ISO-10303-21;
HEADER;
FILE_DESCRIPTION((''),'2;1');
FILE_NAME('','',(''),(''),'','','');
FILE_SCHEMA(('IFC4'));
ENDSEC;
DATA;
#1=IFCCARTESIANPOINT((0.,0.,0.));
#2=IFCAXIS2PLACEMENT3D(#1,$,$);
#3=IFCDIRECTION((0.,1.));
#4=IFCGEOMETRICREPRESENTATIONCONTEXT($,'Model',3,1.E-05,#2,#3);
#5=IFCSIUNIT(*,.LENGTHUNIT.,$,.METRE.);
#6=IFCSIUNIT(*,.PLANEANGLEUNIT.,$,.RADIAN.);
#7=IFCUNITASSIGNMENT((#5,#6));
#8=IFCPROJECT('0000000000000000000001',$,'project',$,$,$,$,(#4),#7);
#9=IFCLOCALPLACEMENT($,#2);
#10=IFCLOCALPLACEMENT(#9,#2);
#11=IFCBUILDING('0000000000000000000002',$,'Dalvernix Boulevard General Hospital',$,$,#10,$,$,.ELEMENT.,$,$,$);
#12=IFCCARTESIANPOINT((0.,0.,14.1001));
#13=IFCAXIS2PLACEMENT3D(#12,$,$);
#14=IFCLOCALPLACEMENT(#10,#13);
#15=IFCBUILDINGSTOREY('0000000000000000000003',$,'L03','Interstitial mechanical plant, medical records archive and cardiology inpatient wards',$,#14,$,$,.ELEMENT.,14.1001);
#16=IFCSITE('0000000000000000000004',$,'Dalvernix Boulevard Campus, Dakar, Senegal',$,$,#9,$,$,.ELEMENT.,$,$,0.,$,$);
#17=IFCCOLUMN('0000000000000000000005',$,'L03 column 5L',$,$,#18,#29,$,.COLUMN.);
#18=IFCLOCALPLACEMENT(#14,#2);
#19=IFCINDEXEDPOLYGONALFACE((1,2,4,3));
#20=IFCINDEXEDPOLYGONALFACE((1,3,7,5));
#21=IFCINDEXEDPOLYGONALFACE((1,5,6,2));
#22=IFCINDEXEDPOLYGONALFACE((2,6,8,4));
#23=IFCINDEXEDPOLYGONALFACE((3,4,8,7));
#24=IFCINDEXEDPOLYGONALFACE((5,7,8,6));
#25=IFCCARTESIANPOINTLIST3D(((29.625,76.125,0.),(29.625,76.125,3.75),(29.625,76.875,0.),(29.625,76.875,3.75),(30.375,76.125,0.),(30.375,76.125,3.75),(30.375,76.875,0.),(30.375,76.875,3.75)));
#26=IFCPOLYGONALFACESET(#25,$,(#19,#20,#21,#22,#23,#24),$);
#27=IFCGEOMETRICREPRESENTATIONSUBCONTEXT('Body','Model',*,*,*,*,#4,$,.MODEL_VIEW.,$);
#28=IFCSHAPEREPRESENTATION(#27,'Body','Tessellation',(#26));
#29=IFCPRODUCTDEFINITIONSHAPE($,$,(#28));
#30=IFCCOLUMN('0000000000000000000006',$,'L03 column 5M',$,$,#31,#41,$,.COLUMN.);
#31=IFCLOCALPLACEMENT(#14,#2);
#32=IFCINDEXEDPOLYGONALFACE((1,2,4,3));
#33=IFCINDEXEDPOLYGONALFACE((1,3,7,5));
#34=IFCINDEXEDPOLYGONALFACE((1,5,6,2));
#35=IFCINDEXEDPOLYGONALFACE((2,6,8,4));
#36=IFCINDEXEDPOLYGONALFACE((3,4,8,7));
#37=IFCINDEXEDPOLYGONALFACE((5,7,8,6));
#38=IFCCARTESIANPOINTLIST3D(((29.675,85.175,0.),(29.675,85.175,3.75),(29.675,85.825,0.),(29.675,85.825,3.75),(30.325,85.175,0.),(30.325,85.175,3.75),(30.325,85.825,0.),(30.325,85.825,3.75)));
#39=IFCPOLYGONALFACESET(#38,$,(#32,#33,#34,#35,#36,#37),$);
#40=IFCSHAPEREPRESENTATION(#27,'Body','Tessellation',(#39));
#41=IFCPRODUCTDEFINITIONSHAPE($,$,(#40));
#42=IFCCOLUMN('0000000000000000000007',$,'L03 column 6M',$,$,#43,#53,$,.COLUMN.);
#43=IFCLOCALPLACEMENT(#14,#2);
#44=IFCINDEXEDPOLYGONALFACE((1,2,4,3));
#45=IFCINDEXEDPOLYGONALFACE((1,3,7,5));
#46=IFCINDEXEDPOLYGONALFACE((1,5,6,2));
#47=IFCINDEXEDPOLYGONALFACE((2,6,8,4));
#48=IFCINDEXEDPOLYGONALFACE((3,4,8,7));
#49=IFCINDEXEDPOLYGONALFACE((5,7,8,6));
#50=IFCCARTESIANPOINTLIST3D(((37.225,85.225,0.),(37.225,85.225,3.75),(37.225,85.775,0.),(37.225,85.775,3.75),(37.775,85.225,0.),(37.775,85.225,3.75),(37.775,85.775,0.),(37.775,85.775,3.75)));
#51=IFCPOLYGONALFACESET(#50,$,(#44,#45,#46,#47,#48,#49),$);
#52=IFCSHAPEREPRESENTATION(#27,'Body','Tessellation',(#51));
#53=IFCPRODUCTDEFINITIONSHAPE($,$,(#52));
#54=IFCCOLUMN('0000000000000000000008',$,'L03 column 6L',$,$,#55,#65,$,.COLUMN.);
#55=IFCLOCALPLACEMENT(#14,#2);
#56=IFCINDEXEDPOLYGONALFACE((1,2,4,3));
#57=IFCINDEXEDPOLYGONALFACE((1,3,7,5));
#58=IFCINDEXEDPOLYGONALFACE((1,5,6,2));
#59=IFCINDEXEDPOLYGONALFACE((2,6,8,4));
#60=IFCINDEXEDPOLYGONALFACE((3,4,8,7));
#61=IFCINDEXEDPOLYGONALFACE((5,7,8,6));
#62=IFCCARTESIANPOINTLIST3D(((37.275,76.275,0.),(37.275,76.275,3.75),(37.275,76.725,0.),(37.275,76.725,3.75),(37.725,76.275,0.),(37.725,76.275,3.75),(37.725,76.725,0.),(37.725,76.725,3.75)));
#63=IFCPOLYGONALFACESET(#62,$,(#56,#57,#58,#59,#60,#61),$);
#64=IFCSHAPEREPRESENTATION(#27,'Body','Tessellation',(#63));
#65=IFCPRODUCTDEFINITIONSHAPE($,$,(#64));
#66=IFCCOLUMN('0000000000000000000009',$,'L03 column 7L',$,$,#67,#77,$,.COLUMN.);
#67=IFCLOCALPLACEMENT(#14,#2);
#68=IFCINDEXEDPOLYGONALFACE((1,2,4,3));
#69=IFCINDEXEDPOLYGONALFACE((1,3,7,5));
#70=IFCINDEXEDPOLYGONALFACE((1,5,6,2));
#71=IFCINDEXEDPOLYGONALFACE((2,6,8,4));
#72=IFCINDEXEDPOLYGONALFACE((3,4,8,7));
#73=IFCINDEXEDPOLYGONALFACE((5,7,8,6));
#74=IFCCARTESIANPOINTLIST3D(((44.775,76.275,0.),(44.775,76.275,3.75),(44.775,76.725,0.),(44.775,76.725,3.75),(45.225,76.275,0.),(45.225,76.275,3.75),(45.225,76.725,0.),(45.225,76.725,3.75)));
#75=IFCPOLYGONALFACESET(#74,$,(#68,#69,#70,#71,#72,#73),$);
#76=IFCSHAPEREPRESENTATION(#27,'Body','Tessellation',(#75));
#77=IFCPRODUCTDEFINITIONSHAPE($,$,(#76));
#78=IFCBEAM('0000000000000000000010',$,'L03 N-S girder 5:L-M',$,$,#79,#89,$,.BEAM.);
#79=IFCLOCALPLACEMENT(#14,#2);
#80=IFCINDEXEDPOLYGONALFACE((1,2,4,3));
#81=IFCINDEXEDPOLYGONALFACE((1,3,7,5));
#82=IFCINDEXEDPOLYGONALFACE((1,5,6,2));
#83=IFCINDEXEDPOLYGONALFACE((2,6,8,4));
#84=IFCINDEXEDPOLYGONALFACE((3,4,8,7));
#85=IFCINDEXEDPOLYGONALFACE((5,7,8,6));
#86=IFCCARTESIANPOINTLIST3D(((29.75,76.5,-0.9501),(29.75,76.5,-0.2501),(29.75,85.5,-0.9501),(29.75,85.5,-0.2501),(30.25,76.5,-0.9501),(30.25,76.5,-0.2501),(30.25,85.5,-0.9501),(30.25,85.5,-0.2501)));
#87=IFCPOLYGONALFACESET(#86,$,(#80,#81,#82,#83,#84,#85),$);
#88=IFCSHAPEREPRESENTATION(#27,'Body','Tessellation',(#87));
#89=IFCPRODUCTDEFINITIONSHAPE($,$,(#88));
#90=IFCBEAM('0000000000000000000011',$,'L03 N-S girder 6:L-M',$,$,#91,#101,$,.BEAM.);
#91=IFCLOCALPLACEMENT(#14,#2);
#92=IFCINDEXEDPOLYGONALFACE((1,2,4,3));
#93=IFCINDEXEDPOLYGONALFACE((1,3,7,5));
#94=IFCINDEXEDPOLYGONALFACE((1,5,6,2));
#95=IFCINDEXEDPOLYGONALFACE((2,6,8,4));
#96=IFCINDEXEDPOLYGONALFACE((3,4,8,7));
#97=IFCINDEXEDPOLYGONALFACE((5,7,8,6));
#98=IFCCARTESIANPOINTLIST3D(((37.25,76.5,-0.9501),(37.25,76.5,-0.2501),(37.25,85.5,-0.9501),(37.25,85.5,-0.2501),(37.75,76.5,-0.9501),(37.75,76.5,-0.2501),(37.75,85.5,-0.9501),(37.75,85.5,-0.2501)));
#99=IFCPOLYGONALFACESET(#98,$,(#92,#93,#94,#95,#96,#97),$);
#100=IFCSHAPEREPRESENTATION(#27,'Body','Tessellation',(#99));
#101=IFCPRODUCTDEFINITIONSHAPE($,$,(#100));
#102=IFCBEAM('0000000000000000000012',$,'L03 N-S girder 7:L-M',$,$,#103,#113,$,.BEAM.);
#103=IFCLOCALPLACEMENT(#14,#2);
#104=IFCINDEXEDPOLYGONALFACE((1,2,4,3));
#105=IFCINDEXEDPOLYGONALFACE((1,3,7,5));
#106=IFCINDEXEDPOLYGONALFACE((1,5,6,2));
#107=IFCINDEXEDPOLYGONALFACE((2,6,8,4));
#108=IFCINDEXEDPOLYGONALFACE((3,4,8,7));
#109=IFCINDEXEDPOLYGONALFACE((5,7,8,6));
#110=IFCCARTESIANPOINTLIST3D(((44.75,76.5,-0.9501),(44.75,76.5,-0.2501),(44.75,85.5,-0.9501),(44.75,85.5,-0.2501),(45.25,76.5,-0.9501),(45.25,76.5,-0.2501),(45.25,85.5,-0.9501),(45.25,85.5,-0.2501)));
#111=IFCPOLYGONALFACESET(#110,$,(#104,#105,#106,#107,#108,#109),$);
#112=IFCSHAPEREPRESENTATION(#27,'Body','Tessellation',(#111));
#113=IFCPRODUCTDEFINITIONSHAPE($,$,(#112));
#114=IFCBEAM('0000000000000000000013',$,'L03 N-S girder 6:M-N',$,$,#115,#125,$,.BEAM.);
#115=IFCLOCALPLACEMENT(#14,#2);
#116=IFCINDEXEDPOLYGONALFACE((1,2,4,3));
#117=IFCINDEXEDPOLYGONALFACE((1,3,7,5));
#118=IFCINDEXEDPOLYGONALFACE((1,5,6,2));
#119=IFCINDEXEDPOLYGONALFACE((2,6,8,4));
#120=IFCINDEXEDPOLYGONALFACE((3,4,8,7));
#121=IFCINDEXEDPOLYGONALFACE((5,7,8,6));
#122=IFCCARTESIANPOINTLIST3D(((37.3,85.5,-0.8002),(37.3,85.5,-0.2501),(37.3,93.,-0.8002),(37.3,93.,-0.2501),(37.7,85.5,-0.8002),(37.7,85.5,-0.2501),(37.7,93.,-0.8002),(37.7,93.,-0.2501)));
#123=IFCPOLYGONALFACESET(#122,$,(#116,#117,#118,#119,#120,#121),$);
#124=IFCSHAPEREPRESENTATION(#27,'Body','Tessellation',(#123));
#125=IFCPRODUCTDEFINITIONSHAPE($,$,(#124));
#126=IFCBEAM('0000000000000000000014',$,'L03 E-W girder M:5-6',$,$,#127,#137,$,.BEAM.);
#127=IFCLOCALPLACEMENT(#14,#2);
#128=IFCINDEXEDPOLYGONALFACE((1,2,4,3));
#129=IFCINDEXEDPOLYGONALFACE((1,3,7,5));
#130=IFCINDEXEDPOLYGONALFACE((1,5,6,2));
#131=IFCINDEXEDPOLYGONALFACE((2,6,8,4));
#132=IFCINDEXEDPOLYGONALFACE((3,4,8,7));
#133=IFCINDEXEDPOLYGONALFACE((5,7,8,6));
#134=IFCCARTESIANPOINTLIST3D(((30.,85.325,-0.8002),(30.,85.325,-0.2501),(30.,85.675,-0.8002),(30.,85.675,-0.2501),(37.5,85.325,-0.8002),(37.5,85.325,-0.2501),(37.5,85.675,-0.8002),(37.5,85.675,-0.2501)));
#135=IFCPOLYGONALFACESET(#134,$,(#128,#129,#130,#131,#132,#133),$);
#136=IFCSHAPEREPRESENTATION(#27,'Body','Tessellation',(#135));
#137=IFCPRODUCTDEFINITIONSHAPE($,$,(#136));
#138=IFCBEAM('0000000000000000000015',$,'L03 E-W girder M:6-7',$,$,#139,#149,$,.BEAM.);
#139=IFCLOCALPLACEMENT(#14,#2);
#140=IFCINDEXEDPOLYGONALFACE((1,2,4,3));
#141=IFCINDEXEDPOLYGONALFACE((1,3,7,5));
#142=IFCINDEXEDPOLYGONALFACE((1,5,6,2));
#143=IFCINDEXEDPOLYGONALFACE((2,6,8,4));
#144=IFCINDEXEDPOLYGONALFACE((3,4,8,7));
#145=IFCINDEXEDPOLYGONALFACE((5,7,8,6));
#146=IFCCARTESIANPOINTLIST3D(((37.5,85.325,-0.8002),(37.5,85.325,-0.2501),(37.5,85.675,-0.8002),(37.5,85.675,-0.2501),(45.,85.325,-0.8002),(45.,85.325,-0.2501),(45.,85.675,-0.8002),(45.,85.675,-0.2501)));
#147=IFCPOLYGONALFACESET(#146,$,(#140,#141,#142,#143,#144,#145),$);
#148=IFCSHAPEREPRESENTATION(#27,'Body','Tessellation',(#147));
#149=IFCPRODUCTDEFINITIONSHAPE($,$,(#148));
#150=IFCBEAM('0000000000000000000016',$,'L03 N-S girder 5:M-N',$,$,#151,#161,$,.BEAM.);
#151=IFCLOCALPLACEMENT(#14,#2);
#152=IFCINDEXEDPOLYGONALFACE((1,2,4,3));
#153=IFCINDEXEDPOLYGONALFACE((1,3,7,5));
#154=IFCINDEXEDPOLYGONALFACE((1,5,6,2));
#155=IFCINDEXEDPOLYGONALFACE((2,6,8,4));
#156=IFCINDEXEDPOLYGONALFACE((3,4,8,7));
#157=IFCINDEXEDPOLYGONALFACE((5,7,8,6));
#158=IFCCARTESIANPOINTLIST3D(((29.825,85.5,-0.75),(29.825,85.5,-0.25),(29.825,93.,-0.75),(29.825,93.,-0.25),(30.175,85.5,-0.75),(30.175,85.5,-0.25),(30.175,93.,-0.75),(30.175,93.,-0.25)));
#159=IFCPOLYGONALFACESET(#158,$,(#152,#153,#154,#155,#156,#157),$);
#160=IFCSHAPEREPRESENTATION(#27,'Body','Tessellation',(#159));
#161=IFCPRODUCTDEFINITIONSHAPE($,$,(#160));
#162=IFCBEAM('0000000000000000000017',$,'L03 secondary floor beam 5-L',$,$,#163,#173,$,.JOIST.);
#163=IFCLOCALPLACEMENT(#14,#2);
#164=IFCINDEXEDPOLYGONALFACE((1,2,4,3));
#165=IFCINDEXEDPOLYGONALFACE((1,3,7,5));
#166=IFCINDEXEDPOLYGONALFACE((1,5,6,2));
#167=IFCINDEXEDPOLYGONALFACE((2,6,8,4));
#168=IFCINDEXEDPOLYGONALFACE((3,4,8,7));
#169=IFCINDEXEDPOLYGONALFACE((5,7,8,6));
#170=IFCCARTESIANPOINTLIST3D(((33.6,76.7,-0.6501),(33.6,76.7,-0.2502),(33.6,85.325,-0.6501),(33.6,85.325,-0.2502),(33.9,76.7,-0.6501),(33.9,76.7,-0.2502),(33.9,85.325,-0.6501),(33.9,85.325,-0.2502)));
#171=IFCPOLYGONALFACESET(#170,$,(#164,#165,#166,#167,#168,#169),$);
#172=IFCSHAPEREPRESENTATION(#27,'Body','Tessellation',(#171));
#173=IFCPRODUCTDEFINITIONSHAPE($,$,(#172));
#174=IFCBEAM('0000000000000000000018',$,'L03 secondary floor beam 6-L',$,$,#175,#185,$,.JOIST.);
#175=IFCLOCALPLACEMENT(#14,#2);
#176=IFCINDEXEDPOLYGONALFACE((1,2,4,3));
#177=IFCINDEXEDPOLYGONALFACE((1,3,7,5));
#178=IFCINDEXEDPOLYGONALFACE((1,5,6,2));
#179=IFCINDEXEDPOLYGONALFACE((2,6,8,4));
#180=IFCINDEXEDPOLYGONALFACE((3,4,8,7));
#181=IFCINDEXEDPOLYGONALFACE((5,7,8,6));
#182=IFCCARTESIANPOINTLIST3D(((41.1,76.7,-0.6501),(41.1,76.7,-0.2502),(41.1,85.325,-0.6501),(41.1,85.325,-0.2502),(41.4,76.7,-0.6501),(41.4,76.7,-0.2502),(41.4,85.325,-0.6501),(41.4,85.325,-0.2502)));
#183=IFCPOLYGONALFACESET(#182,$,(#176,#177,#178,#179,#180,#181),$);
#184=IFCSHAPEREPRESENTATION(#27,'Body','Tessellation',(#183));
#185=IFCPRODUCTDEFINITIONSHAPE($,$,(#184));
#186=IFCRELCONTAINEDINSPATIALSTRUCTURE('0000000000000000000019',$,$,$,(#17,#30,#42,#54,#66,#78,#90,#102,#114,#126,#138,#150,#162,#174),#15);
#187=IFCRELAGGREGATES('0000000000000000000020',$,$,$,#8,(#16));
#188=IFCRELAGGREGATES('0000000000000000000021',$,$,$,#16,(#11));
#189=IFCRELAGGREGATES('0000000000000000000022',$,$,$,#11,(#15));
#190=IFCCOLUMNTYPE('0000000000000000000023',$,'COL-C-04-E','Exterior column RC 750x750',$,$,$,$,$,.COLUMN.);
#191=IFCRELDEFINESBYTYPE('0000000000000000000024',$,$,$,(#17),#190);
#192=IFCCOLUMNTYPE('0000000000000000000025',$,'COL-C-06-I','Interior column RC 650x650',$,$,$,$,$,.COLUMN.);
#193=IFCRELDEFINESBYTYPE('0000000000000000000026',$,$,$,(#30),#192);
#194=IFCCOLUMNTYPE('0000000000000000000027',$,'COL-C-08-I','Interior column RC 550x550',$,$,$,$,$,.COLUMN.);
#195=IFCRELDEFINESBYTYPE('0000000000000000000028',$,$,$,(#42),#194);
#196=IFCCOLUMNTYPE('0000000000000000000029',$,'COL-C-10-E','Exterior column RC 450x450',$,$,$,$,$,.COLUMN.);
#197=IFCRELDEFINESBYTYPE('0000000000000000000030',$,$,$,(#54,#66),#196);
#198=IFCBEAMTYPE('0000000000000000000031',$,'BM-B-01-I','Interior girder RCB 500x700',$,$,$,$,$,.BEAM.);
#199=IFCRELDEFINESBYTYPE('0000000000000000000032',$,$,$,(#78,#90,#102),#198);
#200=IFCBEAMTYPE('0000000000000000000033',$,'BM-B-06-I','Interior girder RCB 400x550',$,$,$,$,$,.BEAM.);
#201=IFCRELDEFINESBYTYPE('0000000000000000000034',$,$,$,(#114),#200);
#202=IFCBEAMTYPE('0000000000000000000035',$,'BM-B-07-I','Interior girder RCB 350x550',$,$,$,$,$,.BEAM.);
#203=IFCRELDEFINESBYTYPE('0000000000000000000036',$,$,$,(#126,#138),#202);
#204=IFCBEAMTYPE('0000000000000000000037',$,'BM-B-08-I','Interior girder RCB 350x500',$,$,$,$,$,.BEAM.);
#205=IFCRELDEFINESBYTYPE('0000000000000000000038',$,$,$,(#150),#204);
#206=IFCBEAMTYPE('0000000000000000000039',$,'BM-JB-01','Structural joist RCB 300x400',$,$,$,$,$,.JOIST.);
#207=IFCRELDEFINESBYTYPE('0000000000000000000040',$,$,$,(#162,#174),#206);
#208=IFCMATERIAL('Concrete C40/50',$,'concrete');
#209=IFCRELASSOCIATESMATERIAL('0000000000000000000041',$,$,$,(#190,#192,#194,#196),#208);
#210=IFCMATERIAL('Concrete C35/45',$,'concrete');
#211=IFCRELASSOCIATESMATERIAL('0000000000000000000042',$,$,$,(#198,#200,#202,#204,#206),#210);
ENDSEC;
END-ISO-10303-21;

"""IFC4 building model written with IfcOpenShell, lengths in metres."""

from ifc_helpers import new_model, si_unit, direction, frame, origin, origin_2d, place, context, subcontext, project, spatial, rectangle, extrude, material, material_profile, profile_set, type_object, element, save


model = new_model("IFC4")

# Units and contexts
model_context = context("Model", 3, precision=1e-05, world=origin(), true_north=direction((0.0, 1.0)))
body_context = subcontext(model_context, "Body", "Model", "MODEL_VIEW")
ifc_project = project(units=[si_unit("LENGTHUNIT", "METRE"), si_unit("PLANEANGLEUNIT", "RADIAN")], contexts=[model_context])

# Site, building, storey
site_placement = place(None, origin())
site = spatial("IfcSite", under=ifc_project, at=site_placement, Name="Dalvernix Boulevard Campus, Dakar, Senegal", CompositionType="ELEMENT", RefElevation=0.0)
building_placement = place(site_placement, origin())
building = spatial("IfcBuilding", under=site, at=building_placement, Name="Dalvernix Boulevard General Hospital", CompositionType="ELEMENT")
storey_placement = place(building_placement, frame((0.0, 0.0, 14.1001)))
storey = spatial("IfcBuildingStorey", under=building, at=storey_placement, Name="L03", Description="Interstitial mechanical plant, medical records archive and cardiology inpatient wards", CompositionType="ELEMENT", Elevation=14.1001)

# Columns
ifc_material_1 = material(Name="Concrete C40/50", Category="concrete")
ifc_material_profile_1 = material_profile(ifc_material_1, rectangle(XDim=0.75, YDim=0.75, at=origin_2d()), Name="RC 750x750")
ifc_profile_set_1 = profile_set([ifc_material_profile_1], Name="Concrete C40/50")
column_type_1 = type_object("IfcColumnType", Name="COL-C-04-E", Description="Exterior column RC 750x750", PredefinedType="COLUMN", material=ifc_profile_set_1)
column_1_placement = place(storey_placement, frame((30.0, 76.5, 0.0), z_axis=(0.0, 0.0, 1.0), x_axis=(1.0, 0.0, 0.0)))
element("IfcColumn", 1, at=column_1_placement, inside=storey, type_object=column_type_1, Name="L03 column 5L", PredefinedType="COLUMN", context=body_context, shape_type="SweptSolid", body=[
    extrude(rectangle(XDim=0.75, YDim=0.75, at=origin_2d()), origin(), (0.0, 0.0, 1.0), 3.75),
])
ifc_material_profile_2 = material_profile(ifc_material_1, rectangle(XDim=0.6499, YDim=0.6499, at=origin_2d()), Name="RC 650x650")
ifc_profile_set_2 = profile_set([ifc_material_profile_2], Name="Concrete C40/50")
column_type_2 = type_object("IfcColumnType", Name="COL-C-06-I", Description="Interior column RC 650x650", PredefinedType="COLUMN", material=ifc_profile_set_2)
column_2_placement = place(storey_placement, frame((30.0, 85.5, 0.0), z_axis=(0.0, 0.0, 1.0), x_axis=(1.0, 0.0, 0.0)))
element("IfcColumn", 2, at=column_2_placement, inside=storey, type_object=column_type_2, Name="L03 column 5M", PredefinedType="COLUMN", context=body_context, shape_type="SweptSolid", body=[
    extrude(rectangle(XDim=0.6499, YDim=0.6499, at=origin_2d()), origin(), (0.0, 0.0, 1.0), 3.75),
])
ifc_material_profile_3 = material_profile(ifc_material_1, rectangle(XDim=0.55, YDim=0.55, at=origin_2d()), Name="RC 550x550")
ifc_profile_set_3 = profile_set([ifc_material_profile_3], Name="Concrete C40/50")
column_type_3 = type_object("IfcColumnType", Name="COL-C-08-I", Description="Interior column RC 550x550", PredefinedType="COLUMN", material=ifc_profile_set_3)
column_3_placement = place(storey_placement, frame((37.5, 85.5, 0.0), z_axis=(0.0, 0.0, 1.0), x_axis=(1.0, 0.0, 0.0)))
element("IfcColumn", 3, at=column_3_placement, inside=storey, type_object=column_type_3, Name="L03 column 6M", PredefinedType="COLUMN", context=body_context, shape_type="SweptSolid", body=[
    extrude(rectangle(XDim=0.55, YDim=0.55, at=origin_2d()), origin(), (0.0, 0.0, 1.0), 3.75),
])
ifc_material_profile_4 = material_profile(ifc_material_1, rectangle(XDim=0.45, YDim=0.45, at=origin_2d()), Name="RC 450x450")
ifc_profile_set_4 = profile_set([ifc_material_profile_4], Name="Concrete C40/50")
column_type_4 = type_object("IfcColumnType", Name="COL-C-10-E", Description="Exterior column RC 450x450", PredefinedType="COLUMN", material=ifc_profile_set_4)
for number, where, z_axis, x_axis, name in (
    (4, (37.5, 76.5, 0.0), (0.0, 0.0, 1.0), (1.0, 0.0, 0.0), "L03 column 6L"),
    (5, (45.0, 76.5, 0.0), (0.0, 0.0, 1.0), (1.0, 0.0, 0.0), "L03 column 7L"),
):
    element("IfcColumn", number, at=place(storey_placement, frame(where, z_axis=z_axis, x_axis=x_axis)), inside=storey, type_object=column_type_4, Name=name, PredefinedType="COLUMN", context=body_context, shape_type="SweptSolid", body=[
        extrude(rectangle(XDim=0.45, YDim=0.45, at=origin_2d()), origin(), (0.0, 0.0, 1.0), 3.75),
    ])

# Beams
ifc_material_2 = material(Name="Concrete C35/45", Category="concrete")
ifc_material_profile_5 = material_profile(ifc_material_2, rectangle(XDim=0.5, YDim=0.7, at=origin_2d()), Name="RCB 500x700")
ifc_profile_set_5 = profile_set([ifc_material_profile_5], Name="Concrete C35/45")
beam_type_1 = type_object("IfcBeamType", Name="BM-B-01-I", Description="Interior girder RCB 500x700", PredefinedType="BEAM", material=ifc_profile_set_5)
for number, where, z_axis, x_axis, name in (
    (6, (30.0, 76.5, -0.6001), (0.0, 1.0, 0.0), (-1.0, 0.0, 0.0), "L03 N-S girder 5:L-M"),
    (7, (37.5, 76.5, -0.6001), (0.0, 1.0, 0.0), (-1.0, 0.0, 0.0), "L03 N-S girder 6:L-M"),
    (8, (45.0, 76.5, -0.6001), (0.0, 1.0, 0.0), (-1.0, 0.0, 0.0), "L03 N-S girder 7:L-M"),
):
    element("IfcBeam", number, at=place(storey_placement, frame(where, z_axis=z_axis, x_axis=x_axis)), inside=storey, type_object=beam_type_1, Name=name, PredefinedType="BEAM", context=body_context, shape_type="SweptSolid", body=[
        extrude(rectangle(XDim=0.5, YDim=0.7, at=origin_2d()), origin(), (0.0, 0.0, 1.0), 9.0),
    ])
ifc_material_profile_6 = material_profile(ifc_material_2, rectangle(XDim=0.3999, YDim=0.55, at=origin_2d()), Name="RCB 400x550")
ifc_profile_set_6 = profile_set([ifc_material_profile_6], Name="Concrete C35/45")
beam_type_2 = type_object("IfcBeamType", Name="BM-B-06-I", Description="Interior girder RCB 400x550", PredefinedType="BEAM", material=ifc_profile_set_6)
beam_1_placement = place(storey_placement, frame((37.5, 85.5, -0.5251), z_axis=(0.0, 1.0, 0.0), x_axis=(-1.0, 0.0, 0.0)))
element("IfcBeam", 9, at=beam_1_placement, inside=storey, type_object=beam_type_2, Name="L03 N-S girder 6:M-N", PredefinedType="BEAM", context=body_context, shape_type="SweptSolid", body=[
    extrude(rectangle(XDim=0.3999, YDim=0.55, at=origin_2d()), origin(), (0.0, 0.0, 1.0), 7.5),
])
ifc_material_profile_7 = material_profile(ifc_material_2, rectangle(XDim=0.3501, YDim=0.55, at=origin_2d()), Name="RCB 350x550")
ifc_profile_set_7 = profile_set([ifc_material_profile_7], Name="Concrete C35/45")
beam_type_3 = type_object("IfcBeamType", Name="BM-B-07-I", Description="Interior girder RCB 350x550", PredefinedType="BEAM", material=ifc_profile_set_7)
for number, where, z_axis, x_axis, name in (
    (10, (30.0, 85.5, -0.5251), (1.0, 0.0, 0.0), (0.0, 1.0, 0.0), "L03 E-W girder M:5-6"),
    (11, (37.5, 85.5, -0.5251), (1.0, 0.0, 0.0), (0.0, 1.0, 0.0), "L03 E-W girder M:6-7"),
):
    element("IfcBeam", number, at=place(storey_placement, frame(where, z_axis=z_axis, x_axis=x_axis)), inside=storey, type_object=beam_type_3, Name=name, PredefinedType="BEAM", context=body_context, shape_type="SweptSolid", body=[
        extrude(rectangle(XDim=0.3501, YDim=0.55, at=origin_2d()), origin(), (0.0, 0.0, 1.0), 7.5),
    ])
ifc_material_profile_8 = material_profile(ifc_material_2, rectangle(XDim=0.3501, YDim=0.5, at=origin_2d()), Name="RCB 350x500")
ifc_profile_set_8 = profile_set([ifc_material_profile_8], Name="Concrete C35/45")
beam_type_4 = type_object("IfcBeamType", Name="BM-B-08-I", Description="Interior girder RCB 350x500", PredefinedType="BEAM", material=ifc_profile_set_8)
beam_2_placement = place(storey_placement, frame((30.0, 85.5, -0.5), z_axis=(0.0, 1.0, 0.0), x_axis=(-1.0, 0.0, 0.0)))
element("IfcBeam", 12, at=beam_2_placement, inside=storey, type_object=beam_type_4, Name="L03 N-S girder 5:M-N", PredefinedType="BEAM", context=body_context, shape_type="SweptSolid", body=[
    extrude(rectangle(XDim=0.3501, YDim=0.5, at=origin_2d()), origin(), (0.0, 0.0, 1.0), 7.5),
])
ifc_material_profile_9 = material_profile(ifc_material_2, rectangle(XDim=0.3, YDim=0.3999, at=origin_2d()), Name="RCB 300x400")
ifc_profile_set_9 = profile_set([ifc_material_profile_9], Name="Concrete C35/45")
beam_type_5 = type_object("IfcBeamType", Name="BM-JB-01", Description="Structural joist RCB 300x400", PredefinedType="JOIST", material=ifc_profile_set_9)
for number, where, z_axis, x_axis, name in (
    (13, (33.75, 76.7, -0.4502), (0.0, 1.0, 0.0), (-1.0, 0.0, 0.0), "L03 secondary floor beam 5-L"),
    (14, (41.25, 76.7, -0.4502), (0.0, 1.0, 0.0), (-1.0, 0.0, 0.0), "L03 secondary floor beam 6-L"),
):
    element("IfcBeam", number, at=place(storey_placement, frame(where, z_axis=z_axis, x_axis=x_axis)), inside=storey, type_object=beam_type_5, Name=name, PredefinedType="JOIST", context=body_context, shape_type="SweptSolid", body=[
        extrude(rectangle(XDim=0.3, YDim=0.3999, at=origin_2d()), origin(), (0.0, 0.0, 1.0), 8.625),
    ])

save(model, "model.ifc")
